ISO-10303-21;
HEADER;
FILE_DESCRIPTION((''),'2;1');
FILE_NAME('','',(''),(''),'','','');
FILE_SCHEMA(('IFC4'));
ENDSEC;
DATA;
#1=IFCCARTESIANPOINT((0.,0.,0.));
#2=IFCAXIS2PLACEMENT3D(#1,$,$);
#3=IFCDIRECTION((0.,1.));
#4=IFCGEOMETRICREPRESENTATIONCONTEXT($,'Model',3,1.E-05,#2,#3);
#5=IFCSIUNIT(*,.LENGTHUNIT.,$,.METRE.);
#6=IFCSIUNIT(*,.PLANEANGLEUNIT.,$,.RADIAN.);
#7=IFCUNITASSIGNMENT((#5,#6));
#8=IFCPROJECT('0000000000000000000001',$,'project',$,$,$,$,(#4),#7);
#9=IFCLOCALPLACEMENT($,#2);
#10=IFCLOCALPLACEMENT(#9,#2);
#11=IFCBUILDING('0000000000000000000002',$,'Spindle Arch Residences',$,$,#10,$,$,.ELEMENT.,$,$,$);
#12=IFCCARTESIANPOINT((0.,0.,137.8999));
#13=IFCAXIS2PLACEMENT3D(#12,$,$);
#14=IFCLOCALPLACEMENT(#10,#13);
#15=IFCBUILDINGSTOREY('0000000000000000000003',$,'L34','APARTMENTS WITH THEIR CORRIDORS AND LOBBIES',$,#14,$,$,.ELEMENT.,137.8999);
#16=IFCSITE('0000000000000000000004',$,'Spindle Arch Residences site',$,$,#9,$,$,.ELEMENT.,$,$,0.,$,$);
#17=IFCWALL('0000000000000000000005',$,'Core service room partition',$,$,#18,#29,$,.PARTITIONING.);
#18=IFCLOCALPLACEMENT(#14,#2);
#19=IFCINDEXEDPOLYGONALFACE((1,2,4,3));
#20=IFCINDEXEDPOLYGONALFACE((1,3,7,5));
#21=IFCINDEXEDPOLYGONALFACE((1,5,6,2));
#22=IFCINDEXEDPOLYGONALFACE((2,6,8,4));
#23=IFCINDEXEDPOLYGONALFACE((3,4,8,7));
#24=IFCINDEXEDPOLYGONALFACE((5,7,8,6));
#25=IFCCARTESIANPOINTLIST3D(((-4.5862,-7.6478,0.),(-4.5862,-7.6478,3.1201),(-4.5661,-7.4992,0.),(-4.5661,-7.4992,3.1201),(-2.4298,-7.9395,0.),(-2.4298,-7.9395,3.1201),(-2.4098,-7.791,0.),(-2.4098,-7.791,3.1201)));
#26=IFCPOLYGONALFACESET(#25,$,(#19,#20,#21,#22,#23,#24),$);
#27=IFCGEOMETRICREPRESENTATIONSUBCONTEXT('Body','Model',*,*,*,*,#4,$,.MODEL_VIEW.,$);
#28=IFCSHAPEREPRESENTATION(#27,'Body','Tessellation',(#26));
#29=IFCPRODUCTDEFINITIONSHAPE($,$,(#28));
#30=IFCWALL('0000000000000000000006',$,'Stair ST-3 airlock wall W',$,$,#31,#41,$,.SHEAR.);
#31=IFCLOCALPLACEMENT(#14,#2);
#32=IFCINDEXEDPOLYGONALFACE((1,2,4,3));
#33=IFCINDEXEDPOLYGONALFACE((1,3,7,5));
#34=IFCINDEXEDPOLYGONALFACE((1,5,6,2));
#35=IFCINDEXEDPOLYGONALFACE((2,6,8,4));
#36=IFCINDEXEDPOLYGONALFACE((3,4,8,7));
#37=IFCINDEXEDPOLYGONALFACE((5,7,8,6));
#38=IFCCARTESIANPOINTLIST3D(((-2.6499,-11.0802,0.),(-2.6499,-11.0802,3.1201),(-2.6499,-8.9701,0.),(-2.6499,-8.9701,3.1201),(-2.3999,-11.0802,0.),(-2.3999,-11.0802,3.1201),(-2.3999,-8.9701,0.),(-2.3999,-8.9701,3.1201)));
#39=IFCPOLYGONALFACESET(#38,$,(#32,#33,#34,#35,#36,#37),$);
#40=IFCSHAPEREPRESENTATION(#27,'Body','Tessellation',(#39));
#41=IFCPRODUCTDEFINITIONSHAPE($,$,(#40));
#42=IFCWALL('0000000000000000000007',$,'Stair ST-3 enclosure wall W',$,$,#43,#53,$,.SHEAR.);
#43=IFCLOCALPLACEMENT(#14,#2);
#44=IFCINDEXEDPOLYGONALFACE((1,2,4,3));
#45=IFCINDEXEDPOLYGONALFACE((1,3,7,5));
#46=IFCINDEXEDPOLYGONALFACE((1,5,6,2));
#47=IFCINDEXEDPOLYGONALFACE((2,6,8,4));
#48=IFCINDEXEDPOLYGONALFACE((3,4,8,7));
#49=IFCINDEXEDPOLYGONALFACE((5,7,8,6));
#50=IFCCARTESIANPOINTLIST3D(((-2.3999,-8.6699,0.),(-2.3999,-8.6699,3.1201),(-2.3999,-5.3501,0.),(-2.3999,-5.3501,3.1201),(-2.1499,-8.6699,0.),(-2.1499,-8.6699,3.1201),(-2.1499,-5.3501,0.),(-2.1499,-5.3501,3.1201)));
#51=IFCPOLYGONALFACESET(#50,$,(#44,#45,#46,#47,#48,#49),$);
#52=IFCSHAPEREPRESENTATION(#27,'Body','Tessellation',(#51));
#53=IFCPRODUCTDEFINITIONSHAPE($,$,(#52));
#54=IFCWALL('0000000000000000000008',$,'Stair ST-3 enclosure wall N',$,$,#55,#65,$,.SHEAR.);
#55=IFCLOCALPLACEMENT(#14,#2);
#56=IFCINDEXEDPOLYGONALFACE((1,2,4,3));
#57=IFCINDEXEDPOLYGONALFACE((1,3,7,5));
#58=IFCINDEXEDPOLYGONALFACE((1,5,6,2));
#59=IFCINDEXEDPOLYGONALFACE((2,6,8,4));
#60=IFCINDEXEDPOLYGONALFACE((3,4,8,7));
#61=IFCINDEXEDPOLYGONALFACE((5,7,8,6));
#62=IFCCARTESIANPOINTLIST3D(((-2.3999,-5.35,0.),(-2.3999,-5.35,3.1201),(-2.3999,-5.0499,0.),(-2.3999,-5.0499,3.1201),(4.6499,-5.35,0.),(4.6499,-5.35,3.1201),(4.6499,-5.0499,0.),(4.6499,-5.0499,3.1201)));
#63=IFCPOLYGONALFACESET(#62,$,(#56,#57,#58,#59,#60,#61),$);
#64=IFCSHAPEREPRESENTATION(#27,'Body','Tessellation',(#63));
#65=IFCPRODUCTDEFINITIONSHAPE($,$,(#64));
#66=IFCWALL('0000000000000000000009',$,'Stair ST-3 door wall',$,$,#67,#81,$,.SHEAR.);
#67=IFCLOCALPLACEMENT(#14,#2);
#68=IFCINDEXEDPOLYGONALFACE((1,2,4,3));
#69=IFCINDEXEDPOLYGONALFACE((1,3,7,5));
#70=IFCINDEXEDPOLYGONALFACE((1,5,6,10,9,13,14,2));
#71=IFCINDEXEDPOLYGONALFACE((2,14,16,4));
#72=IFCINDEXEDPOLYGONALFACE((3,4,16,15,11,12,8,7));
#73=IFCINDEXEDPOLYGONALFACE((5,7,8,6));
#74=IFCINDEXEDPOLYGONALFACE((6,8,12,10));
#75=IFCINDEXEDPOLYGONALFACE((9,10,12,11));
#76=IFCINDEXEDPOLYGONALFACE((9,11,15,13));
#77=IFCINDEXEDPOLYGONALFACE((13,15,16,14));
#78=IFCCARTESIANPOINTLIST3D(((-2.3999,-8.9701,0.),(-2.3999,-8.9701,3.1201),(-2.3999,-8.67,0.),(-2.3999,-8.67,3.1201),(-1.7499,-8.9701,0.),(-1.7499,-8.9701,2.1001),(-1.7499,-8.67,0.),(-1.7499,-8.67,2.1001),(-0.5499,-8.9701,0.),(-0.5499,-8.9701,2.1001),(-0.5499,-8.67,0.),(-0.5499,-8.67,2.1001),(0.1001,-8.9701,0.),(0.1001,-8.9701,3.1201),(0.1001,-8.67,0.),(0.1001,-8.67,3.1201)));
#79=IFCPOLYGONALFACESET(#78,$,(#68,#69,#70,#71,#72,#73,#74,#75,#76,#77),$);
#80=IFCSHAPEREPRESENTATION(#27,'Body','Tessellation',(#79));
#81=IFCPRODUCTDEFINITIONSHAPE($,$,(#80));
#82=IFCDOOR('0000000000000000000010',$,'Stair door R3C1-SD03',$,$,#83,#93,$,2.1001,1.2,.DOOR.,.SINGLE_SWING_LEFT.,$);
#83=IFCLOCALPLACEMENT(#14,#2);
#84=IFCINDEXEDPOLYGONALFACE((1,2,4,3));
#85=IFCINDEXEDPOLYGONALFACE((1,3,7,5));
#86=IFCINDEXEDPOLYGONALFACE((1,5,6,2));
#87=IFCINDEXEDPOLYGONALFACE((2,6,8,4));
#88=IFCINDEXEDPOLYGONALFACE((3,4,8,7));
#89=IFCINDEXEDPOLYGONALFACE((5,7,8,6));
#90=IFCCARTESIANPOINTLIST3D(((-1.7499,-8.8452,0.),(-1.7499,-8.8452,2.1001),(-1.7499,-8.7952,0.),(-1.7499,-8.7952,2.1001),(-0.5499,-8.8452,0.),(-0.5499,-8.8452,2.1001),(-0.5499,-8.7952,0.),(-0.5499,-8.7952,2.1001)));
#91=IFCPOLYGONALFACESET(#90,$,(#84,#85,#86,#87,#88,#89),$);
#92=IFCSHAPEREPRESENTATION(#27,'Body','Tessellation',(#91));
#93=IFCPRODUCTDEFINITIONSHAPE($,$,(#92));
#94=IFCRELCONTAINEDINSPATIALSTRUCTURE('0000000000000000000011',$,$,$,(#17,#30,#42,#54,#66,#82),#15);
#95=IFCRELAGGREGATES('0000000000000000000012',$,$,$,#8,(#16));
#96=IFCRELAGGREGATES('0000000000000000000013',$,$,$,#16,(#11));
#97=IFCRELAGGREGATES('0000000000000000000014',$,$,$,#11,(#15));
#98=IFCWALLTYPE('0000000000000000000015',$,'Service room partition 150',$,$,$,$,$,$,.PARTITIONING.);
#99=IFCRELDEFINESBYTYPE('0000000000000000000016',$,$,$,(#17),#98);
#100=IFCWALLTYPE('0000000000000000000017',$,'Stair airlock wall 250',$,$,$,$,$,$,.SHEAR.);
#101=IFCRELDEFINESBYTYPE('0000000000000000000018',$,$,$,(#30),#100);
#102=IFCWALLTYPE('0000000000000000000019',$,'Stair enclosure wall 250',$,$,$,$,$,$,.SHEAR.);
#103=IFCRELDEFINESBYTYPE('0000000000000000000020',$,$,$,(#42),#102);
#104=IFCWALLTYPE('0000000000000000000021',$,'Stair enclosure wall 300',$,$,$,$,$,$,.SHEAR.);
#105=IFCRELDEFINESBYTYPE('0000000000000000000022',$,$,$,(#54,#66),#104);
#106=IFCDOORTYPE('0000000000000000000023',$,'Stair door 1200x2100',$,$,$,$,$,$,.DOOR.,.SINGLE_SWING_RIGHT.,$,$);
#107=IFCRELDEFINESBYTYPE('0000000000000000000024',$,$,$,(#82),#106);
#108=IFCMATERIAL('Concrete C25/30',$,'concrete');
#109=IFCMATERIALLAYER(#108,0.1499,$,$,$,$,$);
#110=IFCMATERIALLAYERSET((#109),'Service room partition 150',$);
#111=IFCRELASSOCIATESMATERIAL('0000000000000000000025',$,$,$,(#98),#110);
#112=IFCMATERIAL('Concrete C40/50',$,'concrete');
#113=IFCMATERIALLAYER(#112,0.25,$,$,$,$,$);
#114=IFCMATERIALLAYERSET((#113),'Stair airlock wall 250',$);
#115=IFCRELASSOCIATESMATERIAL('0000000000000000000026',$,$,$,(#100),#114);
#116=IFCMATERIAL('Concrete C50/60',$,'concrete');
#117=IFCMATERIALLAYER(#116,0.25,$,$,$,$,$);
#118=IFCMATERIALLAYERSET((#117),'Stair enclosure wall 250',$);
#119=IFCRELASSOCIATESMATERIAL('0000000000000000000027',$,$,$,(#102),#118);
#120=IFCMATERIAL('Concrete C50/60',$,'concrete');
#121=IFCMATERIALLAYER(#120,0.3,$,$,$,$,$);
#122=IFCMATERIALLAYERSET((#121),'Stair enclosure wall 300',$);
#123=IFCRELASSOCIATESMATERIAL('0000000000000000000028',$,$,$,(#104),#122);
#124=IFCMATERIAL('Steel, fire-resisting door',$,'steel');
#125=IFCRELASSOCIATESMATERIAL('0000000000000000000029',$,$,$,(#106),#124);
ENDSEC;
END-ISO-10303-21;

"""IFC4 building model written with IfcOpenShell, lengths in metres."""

from ifc_helpers import new_model, si_unit, direction, frame, frame_2d, origin, place, context, subcontext, project, spatial, rectangle, extrude, material, layer, layer_set, type_object, element, fill, save


model = new_model("IFC4")

# Units and contexts
model_context = context("Model", 3, precision=1e-05, world=origin(), true_north=direction((0.0, 1.0)))
body_context = subcontext(model_context, "Body", "Model", "MODEL_VIEW")
ifc_project = project(units=[si_unit("LENGTHUNIT", "METRE"), si_unit("PLANEANGLEUNIT", "RADIAN")], contexts=[model_context])

# Site, building, storey
site_placement = place(None, origin())
site = spatial("IfcSite", under=ifc_project, at=site_placement, Name="Spindle Arch Residences site", CompositionType="ELEMENT", RefElevation=0.0)
building_placement = place(site_placement, origin())
building = spatial("IfcBuilding", under=site, at=building_placement, Name="Spindle Arch Residences", CompositionType="ELEMENT")
storey_placement = place(building_placement, frame((0.0, 0.0, 137.8999)))
storey = spatial("IfcBuildingStorey", under=building, at=storey_placement, Name="L34", Description="APARTMENTS WITH THEIR CORRIDORS AND LOBBIES", CompositionType="ELEMENT", Elevation=137.8999)

# Shared definitions
ifc_material_1 = material(Name="Concrete C25/30", Category="concrete")
ifc_layer_1 = layer(ifc_material_1, 0.1499)
ifc_layer_set_1 = layer_set([ifc_layer_1], Name="Service room partition 150")
wall_type_1 = type_object("IfcWallType", Name="Service room partition 150", PredefinedType="PARTITIONING", material=ifc_layer_set_1)

# Walls
wall_1_placement = place(storey_placement, frame((-2.4199, -7.8652, 0.0), z_axis=(0.0, 0.0, 1.0), x_axis=(-0.990972, 0.134067, 0.0)))
element("IfcWall", 1, at=wall_1_placement, inside=storey, type_object=wall_type_1, Name="Core service room partition", PredefinedType="PARTITIONING", context=body_context, shape_type="SweptSolid", body=[
    extrude(rectangle(XDim=2.176, YDim=0.1499, at=frame_2d((1.0879, 0.0))), origin(), (0.0, 0.0, 1.0), 3.1201),
])
ifc_material_2 = material(Name="Concrete C40/50", Category="concrete")
ifc_layer_2 = layer(ifc_material_2, 0.25)
ifc_layer_set_2 = layer_set([ifc_layer_2], Name="Stair airlock wall 250")
wall_type_2 = type_object("IfcWallType", Name="Stair airlock wall 250", PredefinedType="SHEAR", material=ifc_layer_set_2)
wall_2_placement = place(storey_placement, frame((-2.5249, -8.97, 0.0), z_axis=(0.0, 0.0, 1.0), x_axis=(0.0, -1.0, 0.0)))
element("IfcWall", 2, at=wall_2_placement, inside=storey, type_object=wall_type_2, Name="Stair ST-3 airlock wall W", PredefinedType="SHEAR", context=body_context, shape_type="SweptSolid", body=[
    extrude(rectangle(XDim=2.1101, YDim=0.25, at=frame_2d((1.0552, 0.0))), origin(), (0.0, 0.0, 1.0), 3.1201),
])
ifc_material_3 = material(Name="Concrete C50/60", Category="concrete")
ifc_layer_3 = layer(ifc_material_3, 0.25)
ifc_layer_set_3 = layer_set([ifc_layer_3], Name="Stair enclosure wall 250")
wall_type_3 = type_object("IfcWallType", Name="Stair enclosure wall 250", PredefinedType="SHEAR", material=ifc_layer_set_3)
wall_3_placement = place(storey_placement, frame((-2.2749, -8.6699, 0.0), z_axis=(0.0, 0.0, 1.0), x_axis=(0.0, 1.0, 0.0)))
element("IfcWall", 3, at=wall_3_placement, inside=storey, type_object=wall_type_3, Name="Stair ST-3 enclosure wall W", PredefinedType="SHEAR", context=body_context, shape_type="SweptSolid", body=[
    extrude(rectangle(XDim=3.3198, YDim=0.25, at=frame_2d((1.6599, 0.0))), origin(), (0.0, 0.0, 1.0), 3.1201),
])
ifc_material_4 = material(Name="Concrete C50/60", Category="concrete")
ifc_layer_4 = layer(ifc_material_4, 0.3)
ifc_layer_set_4 = layer_set([ifc_layer_4], Name="Stair enclosure wall 300")
wall_type_4 = type_object("IfcWallType", Name="Stair enclosure wall 300", PredefinedType="SHEAR", material=ifc_layer_set_4)
wall_4_placement = place(storey_placement, frame((-2.3999, -5.2, 0.0), z_axis=(0.0, 0.0, 1.0), x_axis=(1.0, 0.0, 0.0)))
element("IfcWall", 4, at=wall_4_placement, inside=storey, type_object=wall_type_4, Name="Stair ST-3 enclosure wall N", PredefinedType="SHEAR", context=body_context, shape_type="SweptSolid", body=[
    extrude(rectangle(XDim=7.0498, YDim=0.3, at=frame_2d((3.5249, 0.0))), origin(), (0.0, 0.0, 1.0), 3.1201),
])

# Wall, opening, door
wall_5_placement = place(storey_placement, frame((-2.3999, -8.8201, 0.0), z_axis=(0.0, 0.0, 1.0), x_axis=(1.0, 0.0, 0.0)))
wall_5 = element("IfcWall", 5, at=wall_5_placement, inside=storey, type_object=wall_type_4, Name="Stair ST-3 door wall", PredefinedType="SHEAR", context=body_context, shape_type="SweptSolid", body=[
    extrude(rectangle(XDim=2.5, YDim=0.3, at=frame_2d((1.25, 0.0))), origin(), (0.0, 0.0, 1.0), 3.1201),
])
opening_1_placement = place(wall_5_placement, frame((0.6499, 0.0, 0.0)))
opening_1 = element("IfcOpeningElement", 6, at=opening_1_placement, cuts=wall_5, PredefinedType="OPENING", context=body_context, shape_type="SweptSolid", body=[
    extrude(rectangle(XDim=1.2, YDim=2.1001, at=frame_2d((0.6001, 1.05))), frame((0.0, 0.1602, 0.0), z_axis=(0.0, -1.0, 0.0), x_axis=(1.0, 0.0, 0.0)), (0.0, 0.0, 1.0), 0.3201),
])
ifc_material_5 = material(Name="Steel, fire-resisting door", Category="steel")
door_type_1 = type_object("IfcDoorType", Name="Stair door 1200x2100", OperationType="SINGLE_SWING_RIGHT", PredefinedType="DOOR", material=ifc_material_5)
door_1_placement = place(opening_1_placement, origin())
door_1 = element("IfcDoor", 7, at=door_1_placement, inside=storey, type_object=door_type_1, Name="Stair door R3C1-SD03", OperationType="SINGLE_SWING_LEFT", OverallHeight=2.1001, OverallWidth=1.2, PredefinedType="DOOR", context=body_context, shape_type="SweptSolid", body=[
    extrude(rectangle(XDim=1.2, YDim=2.1001, at=frame_2d((0.6001, 1.05))), frame((0.0, 0.0249, 0.0), z_axis=(0.0, -1.0, 0.0), x_axis=(1.0, 0.0, 0.0)), (0.0, 0.0, 1.0), 0.05),
])
fill(opening_1, door_1)

save(model, "model.ifc")
